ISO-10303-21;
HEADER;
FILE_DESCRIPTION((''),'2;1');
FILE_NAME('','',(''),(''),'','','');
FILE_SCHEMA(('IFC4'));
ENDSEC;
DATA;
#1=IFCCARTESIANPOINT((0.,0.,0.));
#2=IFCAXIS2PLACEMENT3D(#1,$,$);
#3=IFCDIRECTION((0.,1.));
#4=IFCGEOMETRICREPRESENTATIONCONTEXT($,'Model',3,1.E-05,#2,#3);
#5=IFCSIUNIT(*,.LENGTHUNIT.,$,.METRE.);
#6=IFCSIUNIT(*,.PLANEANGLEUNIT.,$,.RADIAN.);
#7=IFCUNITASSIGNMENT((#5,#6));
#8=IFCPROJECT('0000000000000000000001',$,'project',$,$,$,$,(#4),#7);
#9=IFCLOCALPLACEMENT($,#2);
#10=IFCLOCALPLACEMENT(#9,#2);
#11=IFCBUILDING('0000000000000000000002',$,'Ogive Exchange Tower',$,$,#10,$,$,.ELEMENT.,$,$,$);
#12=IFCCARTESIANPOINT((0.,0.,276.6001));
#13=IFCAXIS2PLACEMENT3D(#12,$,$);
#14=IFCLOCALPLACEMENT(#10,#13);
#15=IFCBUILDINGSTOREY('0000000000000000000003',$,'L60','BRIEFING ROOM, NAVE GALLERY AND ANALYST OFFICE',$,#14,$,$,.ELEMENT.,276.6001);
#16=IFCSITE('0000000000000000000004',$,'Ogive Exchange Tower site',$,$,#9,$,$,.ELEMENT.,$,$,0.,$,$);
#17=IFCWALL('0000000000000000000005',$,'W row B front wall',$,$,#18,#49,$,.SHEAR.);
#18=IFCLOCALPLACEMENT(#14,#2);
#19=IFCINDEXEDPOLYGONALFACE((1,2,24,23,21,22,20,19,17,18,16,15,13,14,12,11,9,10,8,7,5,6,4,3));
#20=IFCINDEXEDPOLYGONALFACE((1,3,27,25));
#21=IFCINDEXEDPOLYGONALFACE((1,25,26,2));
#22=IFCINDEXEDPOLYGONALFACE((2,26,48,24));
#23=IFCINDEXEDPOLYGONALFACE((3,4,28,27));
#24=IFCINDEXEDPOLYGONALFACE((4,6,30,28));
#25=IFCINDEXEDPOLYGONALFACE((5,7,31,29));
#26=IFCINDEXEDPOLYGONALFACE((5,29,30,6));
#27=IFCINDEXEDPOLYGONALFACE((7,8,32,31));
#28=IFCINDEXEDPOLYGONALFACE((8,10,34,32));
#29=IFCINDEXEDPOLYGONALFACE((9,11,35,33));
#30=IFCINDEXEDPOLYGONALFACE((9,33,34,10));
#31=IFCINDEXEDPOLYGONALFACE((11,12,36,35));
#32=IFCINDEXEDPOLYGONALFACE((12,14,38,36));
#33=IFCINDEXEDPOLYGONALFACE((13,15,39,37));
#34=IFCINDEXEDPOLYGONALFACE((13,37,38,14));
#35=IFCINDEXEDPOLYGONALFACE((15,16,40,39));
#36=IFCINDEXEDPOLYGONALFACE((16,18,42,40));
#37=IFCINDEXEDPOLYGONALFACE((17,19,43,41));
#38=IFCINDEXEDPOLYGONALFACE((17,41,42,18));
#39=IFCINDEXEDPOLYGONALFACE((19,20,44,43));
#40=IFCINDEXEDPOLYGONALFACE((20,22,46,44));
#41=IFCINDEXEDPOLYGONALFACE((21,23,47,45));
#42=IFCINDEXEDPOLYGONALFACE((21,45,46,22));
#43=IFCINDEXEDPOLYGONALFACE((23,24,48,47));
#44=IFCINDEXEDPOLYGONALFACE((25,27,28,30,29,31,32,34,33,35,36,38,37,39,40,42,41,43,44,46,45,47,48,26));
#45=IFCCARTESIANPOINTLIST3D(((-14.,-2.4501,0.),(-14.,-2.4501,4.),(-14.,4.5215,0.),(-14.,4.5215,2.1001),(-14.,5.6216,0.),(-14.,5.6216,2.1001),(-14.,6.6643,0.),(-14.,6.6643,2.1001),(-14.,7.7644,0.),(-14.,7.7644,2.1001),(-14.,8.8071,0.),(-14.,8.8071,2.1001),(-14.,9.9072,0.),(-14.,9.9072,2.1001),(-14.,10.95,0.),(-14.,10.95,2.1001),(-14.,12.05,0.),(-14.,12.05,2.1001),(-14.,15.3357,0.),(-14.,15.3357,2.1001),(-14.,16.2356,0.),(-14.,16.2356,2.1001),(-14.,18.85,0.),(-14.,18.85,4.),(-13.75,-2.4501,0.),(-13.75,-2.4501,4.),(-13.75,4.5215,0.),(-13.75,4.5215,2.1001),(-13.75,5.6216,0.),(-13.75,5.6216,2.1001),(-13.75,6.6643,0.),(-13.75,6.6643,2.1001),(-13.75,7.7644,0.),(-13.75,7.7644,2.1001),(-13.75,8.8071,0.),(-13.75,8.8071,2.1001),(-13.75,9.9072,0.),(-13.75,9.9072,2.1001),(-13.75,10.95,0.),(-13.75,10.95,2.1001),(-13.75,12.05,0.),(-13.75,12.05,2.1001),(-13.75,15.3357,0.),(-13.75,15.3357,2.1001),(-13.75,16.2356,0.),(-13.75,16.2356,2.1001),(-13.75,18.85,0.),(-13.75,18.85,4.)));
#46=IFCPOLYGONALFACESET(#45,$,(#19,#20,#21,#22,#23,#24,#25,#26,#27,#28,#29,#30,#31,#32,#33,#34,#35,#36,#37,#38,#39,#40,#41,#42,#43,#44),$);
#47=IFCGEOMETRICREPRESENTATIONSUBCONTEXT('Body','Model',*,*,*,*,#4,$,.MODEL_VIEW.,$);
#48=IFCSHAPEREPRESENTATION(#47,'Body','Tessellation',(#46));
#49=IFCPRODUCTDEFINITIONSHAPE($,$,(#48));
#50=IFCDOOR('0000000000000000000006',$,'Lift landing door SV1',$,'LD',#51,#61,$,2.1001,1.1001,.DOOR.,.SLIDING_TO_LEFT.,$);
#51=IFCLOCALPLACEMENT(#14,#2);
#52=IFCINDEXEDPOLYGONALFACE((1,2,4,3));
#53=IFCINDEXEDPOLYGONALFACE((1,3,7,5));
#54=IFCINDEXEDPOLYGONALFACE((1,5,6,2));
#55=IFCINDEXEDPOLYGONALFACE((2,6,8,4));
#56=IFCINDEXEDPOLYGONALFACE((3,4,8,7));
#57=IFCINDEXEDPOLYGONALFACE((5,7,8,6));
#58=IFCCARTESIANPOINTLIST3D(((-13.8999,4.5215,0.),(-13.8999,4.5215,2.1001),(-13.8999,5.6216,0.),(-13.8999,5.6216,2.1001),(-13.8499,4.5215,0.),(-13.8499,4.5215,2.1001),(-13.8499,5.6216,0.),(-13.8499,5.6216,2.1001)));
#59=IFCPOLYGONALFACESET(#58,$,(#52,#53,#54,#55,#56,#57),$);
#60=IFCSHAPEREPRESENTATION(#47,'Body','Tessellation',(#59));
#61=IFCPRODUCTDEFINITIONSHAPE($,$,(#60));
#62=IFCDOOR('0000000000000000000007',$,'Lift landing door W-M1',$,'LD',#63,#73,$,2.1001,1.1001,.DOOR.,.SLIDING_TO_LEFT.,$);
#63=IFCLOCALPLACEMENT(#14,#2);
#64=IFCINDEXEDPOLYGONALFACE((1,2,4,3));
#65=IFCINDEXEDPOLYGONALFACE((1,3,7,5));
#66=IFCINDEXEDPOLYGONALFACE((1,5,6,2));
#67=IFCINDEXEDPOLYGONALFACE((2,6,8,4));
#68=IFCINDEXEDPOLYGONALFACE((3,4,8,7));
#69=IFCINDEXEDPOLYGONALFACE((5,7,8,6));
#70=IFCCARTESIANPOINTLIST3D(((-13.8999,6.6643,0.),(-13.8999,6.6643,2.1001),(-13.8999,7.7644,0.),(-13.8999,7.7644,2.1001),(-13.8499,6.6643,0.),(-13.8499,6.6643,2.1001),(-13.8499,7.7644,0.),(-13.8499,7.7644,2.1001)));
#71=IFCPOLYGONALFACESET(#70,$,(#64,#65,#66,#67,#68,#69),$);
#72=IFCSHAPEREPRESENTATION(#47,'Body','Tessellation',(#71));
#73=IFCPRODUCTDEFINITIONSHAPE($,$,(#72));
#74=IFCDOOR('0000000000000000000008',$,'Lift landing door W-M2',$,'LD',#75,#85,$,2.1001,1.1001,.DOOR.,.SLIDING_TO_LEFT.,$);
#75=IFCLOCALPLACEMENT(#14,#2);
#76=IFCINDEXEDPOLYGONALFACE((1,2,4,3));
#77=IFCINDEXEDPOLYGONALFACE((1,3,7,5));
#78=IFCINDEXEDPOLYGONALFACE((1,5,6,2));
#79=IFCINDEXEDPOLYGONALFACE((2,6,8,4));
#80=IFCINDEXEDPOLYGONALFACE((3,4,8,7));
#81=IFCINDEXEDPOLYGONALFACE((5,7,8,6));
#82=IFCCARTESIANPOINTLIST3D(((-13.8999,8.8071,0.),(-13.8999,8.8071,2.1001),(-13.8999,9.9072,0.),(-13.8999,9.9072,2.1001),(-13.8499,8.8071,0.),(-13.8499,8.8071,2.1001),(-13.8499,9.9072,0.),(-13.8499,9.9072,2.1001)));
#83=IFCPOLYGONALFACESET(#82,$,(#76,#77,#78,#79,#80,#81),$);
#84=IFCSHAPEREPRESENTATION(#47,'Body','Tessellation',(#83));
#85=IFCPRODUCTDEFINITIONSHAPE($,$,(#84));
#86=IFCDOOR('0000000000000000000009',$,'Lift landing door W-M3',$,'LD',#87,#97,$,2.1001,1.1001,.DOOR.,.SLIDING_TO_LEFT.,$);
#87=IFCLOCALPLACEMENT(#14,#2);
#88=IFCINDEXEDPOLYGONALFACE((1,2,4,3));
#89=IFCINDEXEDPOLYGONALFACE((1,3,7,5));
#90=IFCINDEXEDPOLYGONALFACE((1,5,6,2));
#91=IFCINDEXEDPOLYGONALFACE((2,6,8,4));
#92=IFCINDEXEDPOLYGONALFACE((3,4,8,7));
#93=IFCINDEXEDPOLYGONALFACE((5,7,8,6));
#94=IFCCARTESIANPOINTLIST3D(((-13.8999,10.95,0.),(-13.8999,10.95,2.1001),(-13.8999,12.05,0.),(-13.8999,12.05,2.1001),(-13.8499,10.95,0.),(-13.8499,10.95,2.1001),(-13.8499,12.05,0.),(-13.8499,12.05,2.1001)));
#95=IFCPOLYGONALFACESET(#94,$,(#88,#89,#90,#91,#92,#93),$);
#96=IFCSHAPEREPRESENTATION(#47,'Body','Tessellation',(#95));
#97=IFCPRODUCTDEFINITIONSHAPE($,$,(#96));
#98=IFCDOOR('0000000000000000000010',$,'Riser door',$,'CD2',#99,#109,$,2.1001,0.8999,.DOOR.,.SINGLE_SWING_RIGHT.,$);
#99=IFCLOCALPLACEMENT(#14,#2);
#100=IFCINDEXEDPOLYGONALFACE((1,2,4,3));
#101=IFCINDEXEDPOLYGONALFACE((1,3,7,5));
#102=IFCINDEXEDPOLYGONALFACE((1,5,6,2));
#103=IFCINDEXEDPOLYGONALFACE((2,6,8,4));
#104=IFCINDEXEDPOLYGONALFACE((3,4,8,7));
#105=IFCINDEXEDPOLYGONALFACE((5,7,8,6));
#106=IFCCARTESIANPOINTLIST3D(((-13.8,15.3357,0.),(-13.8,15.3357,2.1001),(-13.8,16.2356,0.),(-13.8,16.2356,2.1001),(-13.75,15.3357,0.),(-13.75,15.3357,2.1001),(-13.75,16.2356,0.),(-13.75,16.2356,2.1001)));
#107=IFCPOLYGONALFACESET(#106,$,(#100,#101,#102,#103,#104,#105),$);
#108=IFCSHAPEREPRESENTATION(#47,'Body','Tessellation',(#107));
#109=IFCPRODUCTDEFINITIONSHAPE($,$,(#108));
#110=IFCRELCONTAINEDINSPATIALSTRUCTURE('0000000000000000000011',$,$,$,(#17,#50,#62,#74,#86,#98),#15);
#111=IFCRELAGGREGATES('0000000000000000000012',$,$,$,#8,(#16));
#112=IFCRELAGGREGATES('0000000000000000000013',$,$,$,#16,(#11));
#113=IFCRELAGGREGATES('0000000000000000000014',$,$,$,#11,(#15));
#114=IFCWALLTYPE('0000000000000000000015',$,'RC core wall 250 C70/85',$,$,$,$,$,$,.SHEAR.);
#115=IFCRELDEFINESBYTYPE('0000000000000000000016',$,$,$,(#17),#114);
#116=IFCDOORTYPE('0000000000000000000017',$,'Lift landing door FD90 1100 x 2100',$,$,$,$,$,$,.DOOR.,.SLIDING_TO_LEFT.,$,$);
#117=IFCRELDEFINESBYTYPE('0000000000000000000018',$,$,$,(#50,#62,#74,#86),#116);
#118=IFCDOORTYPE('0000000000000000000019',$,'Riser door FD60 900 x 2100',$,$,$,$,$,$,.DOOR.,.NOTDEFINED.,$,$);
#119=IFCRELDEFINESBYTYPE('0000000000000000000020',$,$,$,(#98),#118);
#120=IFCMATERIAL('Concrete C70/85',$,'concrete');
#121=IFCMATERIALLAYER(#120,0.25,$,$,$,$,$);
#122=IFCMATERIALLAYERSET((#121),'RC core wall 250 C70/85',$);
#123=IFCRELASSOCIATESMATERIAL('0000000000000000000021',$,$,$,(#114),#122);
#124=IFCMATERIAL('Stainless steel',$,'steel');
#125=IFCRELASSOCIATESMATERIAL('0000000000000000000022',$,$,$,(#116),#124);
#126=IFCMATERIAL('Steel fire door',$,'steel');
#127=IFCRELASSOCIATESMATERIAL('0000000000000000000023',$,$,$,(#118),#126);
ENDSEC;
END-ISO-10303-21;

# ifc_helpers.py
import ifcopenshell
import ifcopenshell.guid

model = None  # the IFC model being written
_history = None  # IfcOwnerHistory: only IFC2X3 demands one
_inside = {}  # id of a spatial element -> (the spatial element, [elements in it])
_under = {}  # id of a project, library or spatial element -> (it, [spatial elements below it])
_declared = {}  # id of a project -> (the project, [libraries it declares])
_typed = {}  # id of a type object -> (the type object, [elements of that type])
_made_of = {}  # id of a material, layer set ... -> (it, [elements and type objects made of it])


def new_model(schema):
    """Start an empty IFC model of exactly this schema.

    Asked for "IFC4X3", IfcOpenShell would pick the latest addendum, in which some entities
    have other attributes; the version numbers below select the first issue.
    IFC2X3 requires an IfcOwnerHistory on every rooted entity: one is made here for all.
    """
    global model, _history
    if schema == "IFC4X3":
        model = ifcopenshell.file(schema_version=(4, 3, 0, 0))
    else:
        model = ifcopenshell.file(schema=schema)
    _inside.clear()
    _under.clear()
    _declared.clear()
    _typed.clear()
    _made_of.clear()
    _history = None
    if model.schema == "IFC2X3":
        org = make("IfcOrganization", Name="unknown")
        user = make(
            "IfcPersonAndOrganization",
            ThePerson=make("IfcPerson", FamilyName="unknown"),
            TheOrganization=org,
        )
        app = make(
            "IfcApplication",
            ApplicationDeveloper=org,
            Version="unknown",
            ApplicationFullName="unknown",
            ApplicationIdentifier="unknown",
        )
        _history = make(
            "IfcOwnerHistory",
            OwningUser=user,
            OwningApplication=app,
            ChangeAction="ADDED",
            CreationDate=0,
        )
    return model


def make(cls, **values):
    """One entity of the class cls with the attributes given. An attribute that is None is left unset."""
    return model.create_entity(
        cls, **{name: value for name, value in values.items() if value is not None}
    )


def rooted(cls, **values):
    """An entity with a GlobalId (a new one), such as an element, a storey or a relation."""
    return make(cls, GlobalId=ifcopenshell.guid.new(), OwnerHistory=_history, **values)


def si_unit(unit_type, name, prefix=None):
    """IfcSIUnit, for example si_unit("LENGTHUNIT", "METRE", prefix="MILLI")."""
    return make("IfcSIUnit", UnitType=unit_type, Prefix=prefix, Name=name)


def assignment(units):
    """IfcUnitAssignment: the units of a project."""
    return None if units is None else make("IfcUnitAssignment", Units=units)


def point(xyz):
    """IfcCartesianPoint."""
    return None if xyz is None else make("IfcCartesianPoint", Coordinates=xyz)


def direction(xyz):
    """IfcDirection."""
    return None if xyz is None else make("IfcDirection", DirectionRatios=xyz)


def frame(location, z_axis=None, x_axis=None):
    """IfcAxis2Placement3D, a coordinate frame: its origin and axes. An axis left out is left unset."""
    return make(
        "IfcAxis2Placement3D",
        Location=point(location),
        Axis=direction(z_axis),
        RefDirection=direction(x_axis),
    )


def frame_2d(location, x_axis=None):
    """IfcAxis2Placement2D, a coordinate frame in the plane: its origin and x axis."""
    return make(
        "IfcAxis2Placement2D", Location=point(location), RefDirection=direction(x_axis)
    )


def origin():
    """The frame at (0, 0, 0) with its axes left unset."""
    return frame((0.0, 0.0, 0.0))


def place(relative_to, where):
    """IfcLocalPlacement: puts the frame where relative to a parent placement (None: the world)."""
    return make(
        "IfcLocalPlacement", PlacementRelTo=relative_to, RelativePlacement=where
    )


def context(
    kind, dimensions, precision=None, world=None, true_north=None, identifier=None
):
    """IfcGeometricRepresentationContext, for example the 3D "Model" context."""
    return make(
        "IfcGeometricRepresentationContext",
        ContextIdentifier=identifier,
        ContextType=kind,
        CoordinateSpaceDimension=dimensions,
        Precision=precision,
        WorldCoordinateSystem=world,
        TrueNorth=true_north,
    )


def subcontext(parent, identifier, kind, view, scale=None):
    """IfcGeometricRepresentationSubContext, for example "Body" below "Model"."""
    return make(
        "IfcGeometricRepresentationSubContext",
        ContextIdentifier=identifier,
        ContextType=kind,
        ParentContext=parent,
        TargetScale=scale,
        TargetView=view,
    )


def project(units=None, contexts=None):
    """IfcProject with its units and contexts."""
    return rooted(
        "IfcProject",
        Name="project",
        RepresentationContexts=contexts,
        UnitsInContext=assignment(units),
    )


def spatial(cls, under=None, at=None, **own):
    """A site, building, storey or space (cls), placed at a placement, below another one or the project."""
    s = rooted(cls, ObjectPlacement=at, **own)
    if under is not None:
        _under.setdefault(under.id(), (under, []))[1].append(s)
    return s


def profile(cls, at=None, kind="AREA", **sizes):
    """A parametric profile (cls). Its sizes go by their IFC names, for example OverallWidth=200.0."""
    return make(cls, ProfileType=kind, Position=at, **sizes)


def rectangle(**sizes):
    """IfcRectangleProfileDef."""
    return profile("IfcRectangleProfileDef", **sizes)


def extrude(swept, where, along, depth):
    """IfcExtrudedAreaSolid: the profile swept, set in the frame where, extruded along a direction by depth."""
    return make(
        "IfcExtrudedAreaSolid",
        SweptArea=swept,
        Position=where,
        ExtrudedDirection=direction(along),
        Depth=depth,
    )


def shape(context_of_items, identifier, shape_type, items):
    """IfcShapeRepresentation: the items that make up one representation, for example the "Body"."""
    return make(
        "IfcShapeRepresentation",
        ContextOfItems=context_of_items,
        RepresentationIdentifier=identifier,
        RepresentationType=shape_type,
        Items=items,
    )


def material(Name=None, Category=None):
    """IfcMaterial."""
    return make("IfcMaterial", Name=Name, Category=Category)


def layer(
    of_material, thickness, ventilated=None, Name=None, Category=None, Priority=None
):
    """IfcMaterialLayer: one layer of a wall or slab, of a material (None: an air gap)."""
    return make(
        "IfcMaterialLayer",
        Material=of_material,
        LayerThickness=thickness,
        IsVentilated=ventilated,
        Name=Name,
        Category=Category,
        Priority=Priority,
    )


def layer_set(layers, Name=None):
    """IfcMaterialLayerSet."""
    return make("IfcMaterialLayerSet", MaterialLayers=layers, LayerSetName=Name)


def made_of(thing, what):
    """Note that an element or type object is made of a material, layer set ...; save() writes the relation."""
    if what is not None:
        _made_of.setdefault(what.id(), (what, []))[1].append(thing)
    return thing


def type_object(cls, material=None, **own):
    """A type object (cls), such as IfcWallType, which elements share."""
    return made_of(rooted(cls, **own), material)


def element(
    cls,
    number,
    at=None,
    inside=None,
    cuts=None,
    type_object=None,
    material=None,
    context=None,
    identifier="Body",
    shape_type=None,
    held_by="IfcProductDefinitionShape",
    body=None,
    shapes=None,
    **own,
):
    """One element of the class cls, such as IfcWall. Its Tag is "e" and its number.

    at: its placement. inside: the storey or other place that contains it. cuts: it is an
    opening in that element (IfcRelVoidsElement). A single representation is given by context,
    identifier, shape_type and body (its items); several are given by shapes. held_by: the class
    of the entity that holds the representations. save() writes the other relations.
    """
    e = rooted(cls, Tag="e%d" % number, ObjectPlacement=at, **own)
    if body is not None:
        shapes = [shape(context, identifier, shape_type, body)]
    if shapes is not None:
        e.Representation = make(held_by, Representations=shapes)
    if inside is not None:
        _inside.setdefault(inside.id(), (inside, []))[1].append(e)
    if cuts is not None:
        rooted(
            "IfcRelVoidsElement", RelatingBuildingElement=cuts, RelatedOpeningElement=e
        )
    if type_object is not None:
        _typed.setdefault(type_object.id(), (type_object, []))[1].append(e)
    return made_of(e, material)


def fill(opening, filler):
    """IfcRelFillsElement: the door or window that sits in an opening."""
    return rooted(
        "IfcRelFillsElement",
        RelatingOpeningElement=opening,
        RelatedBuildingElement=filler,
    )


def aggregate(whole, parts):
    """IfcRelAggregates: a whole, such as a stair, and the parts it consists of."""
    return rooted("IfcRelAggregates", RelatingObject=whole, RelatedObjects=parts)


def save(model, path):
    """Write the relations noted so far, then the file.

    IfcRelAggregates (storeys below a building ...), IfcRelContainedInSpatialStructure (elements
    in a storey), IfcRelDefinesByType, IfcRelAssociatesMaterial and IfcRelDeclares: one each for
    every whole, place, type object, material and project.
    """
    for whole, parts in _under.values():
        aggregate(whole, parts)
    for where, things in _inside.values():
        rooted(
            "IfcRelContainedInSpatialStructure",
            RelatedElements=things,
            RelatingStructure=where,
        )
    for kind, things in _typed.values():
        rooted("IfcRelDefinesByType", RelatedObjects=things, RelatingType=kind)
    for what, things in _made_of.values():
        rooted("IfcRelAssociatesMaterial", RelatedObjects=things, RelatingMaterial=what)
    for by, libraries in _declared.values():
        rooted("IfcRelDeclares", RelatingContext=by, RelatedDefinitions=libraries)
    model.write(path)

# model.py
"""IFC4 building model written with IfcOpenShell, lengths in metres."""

from ifc_helpers import new_model, si_unit, direction, frame, frame_2d, origin, place, context, subcontext, project, spatial, rectangle, extrude, material, layer, layer_set, type_object, element, fill, save


model = new_model("IFC4")

# Units and contexts
model_context = context("Model", 3, precision=1e-05, world=origin(), true_north=direction((0.0, 1.0)))
body_context = subcontext(model_context, "Body", "Model", "MODEL_VIEW")
ifc_project = project(units=[si_unit("LENGTHUNIT", "METRE"), si_unit("PLANEANGLEUNIT", "RADIAN")], contexts=[model_context])

# Site, building, storey
site_placement = place(None, origin())
site = spatial("IfcSite", under=ifc_project, at=site_placement, Name="Ogive Exchange Tower site", CompositionType="ELEMENT", RefElevation=0.0)
building_placement = place(site_placement, origin())
building = spatial("IfcBuilding", under=site, at=building_placement, Name="Ogive Exchange Tower", CompositionType="ELEMENT")
storey_placement = place(building_placement, frame((0.0, 0.0, 276.6001)))
storey = spatial("IfcBuildingStorey", under=building, at=storey_placement, Name="L60", Description="BRIEFING ROOM, NAVE GALLERY AND ANALYST OFFICE", CompositionType="ELEMENT", Elevation=276.6001)

# Shared definitions
ifc_material_1 = material(Name="Concrete C70/85", Category="concrete")
ifc_layer_1 = layer(ifc_material_1, 0.25)
ifc_layer_set_1 = layer_set([ifc_layer_1], Name="RC core wall 250 C70/85")
wall_type_1 = type_object("IfcWallType", Name="RC core wall 250 C70/85", PredefinedType="SHEAR", material=ifc_layer_set_1)
ifc_material_2 = material(Name="Steel fire door", Category="steel")

# Wall, openings, doors
wall_1_placement = place(storey_placement, frame((-13.875, -2.45, 0.0), z_axis=(0.0, 0.0, 1.0), x_axis=(0.0, 1.0, 0.0)))
wall_1 = element("IfcWall", 1, at=wall_1_placement, inside=storey, type_object=wall_type_1, Name="W row B front wall", PredefinedType="SHEAR", context=body_context, shape_type="SweptSolid", body=[
    extrude(rectangle(XDim=21.3, YDim=0.25, at=frame_2d((10.6499, 0.0))), origin(), (0.0, 0.0, 1.0), 4.0),
])
opening_1_placement = place(wall_1_placement, frame((17.7856, 0.0, 0.0)))
opening_1 = element("IfcOpeningElement", 2, at=opening_1_placement, cuts=wall_1, PredefinedType="OPENING", context=body_context, shape_type="SweptSolid", body=[
    extrude(rectangle(XDim=0.8999, YDim=2.1001, at=frame_2d((0.45, 1.05))), frame((0.0, 0.135, 0.0), z_axis=(0.0, -1.0, 0.0), x_axis=(1.0, 0.0, 0.0)), (0.0, 0.0, 1.0), 0.27),
])
opening_2_placement = place(wall_1_placement, frame((6.9714, 0.0, 0.0)))
opening_2 = element("IfcOpeningElement", 3, at=opening_2_placement, cuts=wall_1, PredefinedType="OPENING", context=body_context, shape_type="SweptSolid", body=[
    extrude(rectangle(XDim=1.1001, YDim=2.1001, at=frame_2d((0.55, 1.05))), frame((0.0, 0.135, 0.0), z_axis=(0.0, -1.0, 0.0), x_axis=(1.0, 0.0, 0.0)), (0.0, 0.0, 1.0), 0.27),
])
opening_3_placement = place(wall_1_placement, frame((9.1143, 0.0, 0.0)))
opening_3 = element("IfcOpeningElement", 4, at=opening_3_placement, cuts=wall_1, PredefinedType="OPENING", context=body_context, shape_type="SweptSolid", body=[
    extrude(rectangle(XDim=1.1001, YDim=2.1001, at=frame_2d((0.55, 1.05))), frame((0.0, 0.135, 0.0), z_axis=(0.0, -1.0, 0.0), x_axis=(1.0, 0.0, 0.0)), (0.0, 0.0, 1.0), 0.27),
])
opening_4_placement = place(wall_1_placement, frame((11.2571, 0.0, 0.0)))
opening_4 = element("IfcOpeningElement", 5, at=opening_4_placement, cuts=wall_1, PredefinedType="OPENING", context=body_context, shape_type="SweptSolid", body=[
    extrude(rectangle(XDim=1.1001, YDim=2.1001, at=frame_2d((0.55, 1.05))), frame((0.0, 0.135, 0.0), z_axis=(0.0, -1.0, 0.0), x_axis=(1.0, 0.0, 0.0)), (0.0, 0.0, 1.0), 0.27),
])
opening_5_placement = place(wall_1_placement, frame((13.3999, 0.0, 0.0)))
opening_5 = element("IfcOpeningElement", 6, at=opening_5_placement, cuts=wall_1, PredefinedType="OPENING", context=body_context, shape_type="SweptSolid", body=[
    extrude(rectangle(XDim=1.1001, YDim=2.1001, at=frame_2d((0.55, 1.05))), frame((0.0, 0.135, 0.0), z_axis=(0.0, -1.0, 0.0), x_axis=(1.0, 0.0, 0.0)), (0.0, 0.0, 1.0), 0.27),
])
ifc_material_3 = material(Name="Stainless steel", Category="steel")
door_type_1 = type_object("IfcDoorType", Name="Lift landing door FD90 1100 x 2100", OperationType="SLIDING_TO_LEFT", PredefinedType="DOOR", material=ifc_material_3)
door_1_placement = place(opening_2_placement, origin())
door_1 = element("IfcDoor", 7, at=door_1_placement, inside=storey, type_object=door_type_1, Name="Lift landing door SV1", ObjectType="LD", OperationType="SLIDING_TO_LEFT", OverallHeight=2.1001, OverallWidth=1.1001, PredefinedType="DOOR", context=body_context, shape_type="SweptSolid", body=[
    extrude(rectangle(XDim=1.1001, YDim=2.1001, at=frame_2d((0.55, 1.05))), frame((0.0, 0.0249, 0.0), z_axis=(0.0, -1.0, 0.0), x_axis=(1.0, 0.0, 0.0)), (0.0, 0.0, 1.0), 0.05),
])
fill(opening_2, door_1)
door_2_placement = place(opening_3_placement, origin())
door_2 = element("IfcDoor", 8, at=door_2_placement, inside=storey, type_object=door_type_1, Name="Lift landing door W-M1", ObjectType="LD", OperationType="SLIDING_TO_LEFT", OverallHeight=2.1001, OverallWidth=1.1001, PredefinedType="DOOR", context=body_context, shape_type="SweptSolid", body=[
    extrude(rectangle(XDim=1.1001, YDim=2.1001, at=frame_2d((0.55, 1.05))), frame((0.0, 0.0249, 0.0), z_axis=(0.0, -1.0, 0.0), x_axis=(1.0, 0.0, 0.0)), (0.0, 0.0, 1.0), 0.05),
])
fill(opening_3, door_2)
door_3_placement = place(opening_4_placement, origin())
door_3 = element("IfcDoor", 9, at=door_3_placement, inside=storey, type_object=door_type_1, Name="Lift landing door W-M2", ObjectType="LD", OperationType="SLIDING_TO_LEFT", OverallHeight=2.1001, OverallWidth=1.1001, PredefinedType="DOOR", context=body_context, shape_type="SweptSolid", body=[
    extrude(rectangle(XDim=1.1001, YDim=2.1001, at=frame_2d((0.55, 1.05))), frame((0.0, 0.0249, 0.0), z_axis=(0.0, -1.0, 0.0), x_axis=(1.0, 0.0, 0.0)), (0.0, 0.0, 1.0), 0.05),
])
fill(opening_4, door_3)
door_4_placement = place(opening_5_placement, origin())
door_4 = element("IfcDoor", 10, at=door_4_placement, inside=storey, type_object=door_type_1, Name="Lift landing door W-M3", ObjectType="LD", OperationType="SLIDING_TO_LEFT", OverallHeight=2.1001, OverallWidth=1.1001, PredefinedType="DOOR", context=body_context, shape_type="SweptSolid", body=[
    extrude(rectangle(XDim=1.1001, YDim=2.1001, at=frame_2d((0.55, 1.05))), frame((0.0, 0.0249, 0.0), z_axis=(0.0, -1.0, 0.0), x_axis=(1.0, 0.0, 0.0)), (0.0, 0.0, 1.0), 0.05),
])
fill(opening_5, door_4)
door_type_2 = type_object("IfcDoorType", Name="Riser door FD60 900 x 2100", OperationType="NOTDEFINED", PredefinedType="DOOR", material=ifc_material_2)
door_5_placement = place(opening_1_placement, frame((0.8999, -0.2002, 0.0), z_axis=(0.0, 0.0, 1.0), x_axis=(-1.0, 0.0, 0.0)))
door_5 = element("IfcDoor", 11, at=door_5_placement, inside=storey, type_object=door_type_2, Name="Riser door", ObjectType="CD2", OperationType="SINGLE_SWING_RIGHT", OverallHeight=2.1001, OverallWidth=0.8999, PredefinedType="DOOR", context=body_context, shape_type="SweptSolid", body=[
    extrude(rectangle(XDim=0.8999, YDim=2.1001, at=frame_2d((0.45, 1.05))), frame((0.0, -0.0752, 0.0), z_axis=(0.0, -1.0, 0.0), x_axis=(1.0, 0.0, 0.0)), (0.0, 0.0, 1.0), 0.05),
])
fill(opening_1, door_5)

save(model, "model.ifc")
